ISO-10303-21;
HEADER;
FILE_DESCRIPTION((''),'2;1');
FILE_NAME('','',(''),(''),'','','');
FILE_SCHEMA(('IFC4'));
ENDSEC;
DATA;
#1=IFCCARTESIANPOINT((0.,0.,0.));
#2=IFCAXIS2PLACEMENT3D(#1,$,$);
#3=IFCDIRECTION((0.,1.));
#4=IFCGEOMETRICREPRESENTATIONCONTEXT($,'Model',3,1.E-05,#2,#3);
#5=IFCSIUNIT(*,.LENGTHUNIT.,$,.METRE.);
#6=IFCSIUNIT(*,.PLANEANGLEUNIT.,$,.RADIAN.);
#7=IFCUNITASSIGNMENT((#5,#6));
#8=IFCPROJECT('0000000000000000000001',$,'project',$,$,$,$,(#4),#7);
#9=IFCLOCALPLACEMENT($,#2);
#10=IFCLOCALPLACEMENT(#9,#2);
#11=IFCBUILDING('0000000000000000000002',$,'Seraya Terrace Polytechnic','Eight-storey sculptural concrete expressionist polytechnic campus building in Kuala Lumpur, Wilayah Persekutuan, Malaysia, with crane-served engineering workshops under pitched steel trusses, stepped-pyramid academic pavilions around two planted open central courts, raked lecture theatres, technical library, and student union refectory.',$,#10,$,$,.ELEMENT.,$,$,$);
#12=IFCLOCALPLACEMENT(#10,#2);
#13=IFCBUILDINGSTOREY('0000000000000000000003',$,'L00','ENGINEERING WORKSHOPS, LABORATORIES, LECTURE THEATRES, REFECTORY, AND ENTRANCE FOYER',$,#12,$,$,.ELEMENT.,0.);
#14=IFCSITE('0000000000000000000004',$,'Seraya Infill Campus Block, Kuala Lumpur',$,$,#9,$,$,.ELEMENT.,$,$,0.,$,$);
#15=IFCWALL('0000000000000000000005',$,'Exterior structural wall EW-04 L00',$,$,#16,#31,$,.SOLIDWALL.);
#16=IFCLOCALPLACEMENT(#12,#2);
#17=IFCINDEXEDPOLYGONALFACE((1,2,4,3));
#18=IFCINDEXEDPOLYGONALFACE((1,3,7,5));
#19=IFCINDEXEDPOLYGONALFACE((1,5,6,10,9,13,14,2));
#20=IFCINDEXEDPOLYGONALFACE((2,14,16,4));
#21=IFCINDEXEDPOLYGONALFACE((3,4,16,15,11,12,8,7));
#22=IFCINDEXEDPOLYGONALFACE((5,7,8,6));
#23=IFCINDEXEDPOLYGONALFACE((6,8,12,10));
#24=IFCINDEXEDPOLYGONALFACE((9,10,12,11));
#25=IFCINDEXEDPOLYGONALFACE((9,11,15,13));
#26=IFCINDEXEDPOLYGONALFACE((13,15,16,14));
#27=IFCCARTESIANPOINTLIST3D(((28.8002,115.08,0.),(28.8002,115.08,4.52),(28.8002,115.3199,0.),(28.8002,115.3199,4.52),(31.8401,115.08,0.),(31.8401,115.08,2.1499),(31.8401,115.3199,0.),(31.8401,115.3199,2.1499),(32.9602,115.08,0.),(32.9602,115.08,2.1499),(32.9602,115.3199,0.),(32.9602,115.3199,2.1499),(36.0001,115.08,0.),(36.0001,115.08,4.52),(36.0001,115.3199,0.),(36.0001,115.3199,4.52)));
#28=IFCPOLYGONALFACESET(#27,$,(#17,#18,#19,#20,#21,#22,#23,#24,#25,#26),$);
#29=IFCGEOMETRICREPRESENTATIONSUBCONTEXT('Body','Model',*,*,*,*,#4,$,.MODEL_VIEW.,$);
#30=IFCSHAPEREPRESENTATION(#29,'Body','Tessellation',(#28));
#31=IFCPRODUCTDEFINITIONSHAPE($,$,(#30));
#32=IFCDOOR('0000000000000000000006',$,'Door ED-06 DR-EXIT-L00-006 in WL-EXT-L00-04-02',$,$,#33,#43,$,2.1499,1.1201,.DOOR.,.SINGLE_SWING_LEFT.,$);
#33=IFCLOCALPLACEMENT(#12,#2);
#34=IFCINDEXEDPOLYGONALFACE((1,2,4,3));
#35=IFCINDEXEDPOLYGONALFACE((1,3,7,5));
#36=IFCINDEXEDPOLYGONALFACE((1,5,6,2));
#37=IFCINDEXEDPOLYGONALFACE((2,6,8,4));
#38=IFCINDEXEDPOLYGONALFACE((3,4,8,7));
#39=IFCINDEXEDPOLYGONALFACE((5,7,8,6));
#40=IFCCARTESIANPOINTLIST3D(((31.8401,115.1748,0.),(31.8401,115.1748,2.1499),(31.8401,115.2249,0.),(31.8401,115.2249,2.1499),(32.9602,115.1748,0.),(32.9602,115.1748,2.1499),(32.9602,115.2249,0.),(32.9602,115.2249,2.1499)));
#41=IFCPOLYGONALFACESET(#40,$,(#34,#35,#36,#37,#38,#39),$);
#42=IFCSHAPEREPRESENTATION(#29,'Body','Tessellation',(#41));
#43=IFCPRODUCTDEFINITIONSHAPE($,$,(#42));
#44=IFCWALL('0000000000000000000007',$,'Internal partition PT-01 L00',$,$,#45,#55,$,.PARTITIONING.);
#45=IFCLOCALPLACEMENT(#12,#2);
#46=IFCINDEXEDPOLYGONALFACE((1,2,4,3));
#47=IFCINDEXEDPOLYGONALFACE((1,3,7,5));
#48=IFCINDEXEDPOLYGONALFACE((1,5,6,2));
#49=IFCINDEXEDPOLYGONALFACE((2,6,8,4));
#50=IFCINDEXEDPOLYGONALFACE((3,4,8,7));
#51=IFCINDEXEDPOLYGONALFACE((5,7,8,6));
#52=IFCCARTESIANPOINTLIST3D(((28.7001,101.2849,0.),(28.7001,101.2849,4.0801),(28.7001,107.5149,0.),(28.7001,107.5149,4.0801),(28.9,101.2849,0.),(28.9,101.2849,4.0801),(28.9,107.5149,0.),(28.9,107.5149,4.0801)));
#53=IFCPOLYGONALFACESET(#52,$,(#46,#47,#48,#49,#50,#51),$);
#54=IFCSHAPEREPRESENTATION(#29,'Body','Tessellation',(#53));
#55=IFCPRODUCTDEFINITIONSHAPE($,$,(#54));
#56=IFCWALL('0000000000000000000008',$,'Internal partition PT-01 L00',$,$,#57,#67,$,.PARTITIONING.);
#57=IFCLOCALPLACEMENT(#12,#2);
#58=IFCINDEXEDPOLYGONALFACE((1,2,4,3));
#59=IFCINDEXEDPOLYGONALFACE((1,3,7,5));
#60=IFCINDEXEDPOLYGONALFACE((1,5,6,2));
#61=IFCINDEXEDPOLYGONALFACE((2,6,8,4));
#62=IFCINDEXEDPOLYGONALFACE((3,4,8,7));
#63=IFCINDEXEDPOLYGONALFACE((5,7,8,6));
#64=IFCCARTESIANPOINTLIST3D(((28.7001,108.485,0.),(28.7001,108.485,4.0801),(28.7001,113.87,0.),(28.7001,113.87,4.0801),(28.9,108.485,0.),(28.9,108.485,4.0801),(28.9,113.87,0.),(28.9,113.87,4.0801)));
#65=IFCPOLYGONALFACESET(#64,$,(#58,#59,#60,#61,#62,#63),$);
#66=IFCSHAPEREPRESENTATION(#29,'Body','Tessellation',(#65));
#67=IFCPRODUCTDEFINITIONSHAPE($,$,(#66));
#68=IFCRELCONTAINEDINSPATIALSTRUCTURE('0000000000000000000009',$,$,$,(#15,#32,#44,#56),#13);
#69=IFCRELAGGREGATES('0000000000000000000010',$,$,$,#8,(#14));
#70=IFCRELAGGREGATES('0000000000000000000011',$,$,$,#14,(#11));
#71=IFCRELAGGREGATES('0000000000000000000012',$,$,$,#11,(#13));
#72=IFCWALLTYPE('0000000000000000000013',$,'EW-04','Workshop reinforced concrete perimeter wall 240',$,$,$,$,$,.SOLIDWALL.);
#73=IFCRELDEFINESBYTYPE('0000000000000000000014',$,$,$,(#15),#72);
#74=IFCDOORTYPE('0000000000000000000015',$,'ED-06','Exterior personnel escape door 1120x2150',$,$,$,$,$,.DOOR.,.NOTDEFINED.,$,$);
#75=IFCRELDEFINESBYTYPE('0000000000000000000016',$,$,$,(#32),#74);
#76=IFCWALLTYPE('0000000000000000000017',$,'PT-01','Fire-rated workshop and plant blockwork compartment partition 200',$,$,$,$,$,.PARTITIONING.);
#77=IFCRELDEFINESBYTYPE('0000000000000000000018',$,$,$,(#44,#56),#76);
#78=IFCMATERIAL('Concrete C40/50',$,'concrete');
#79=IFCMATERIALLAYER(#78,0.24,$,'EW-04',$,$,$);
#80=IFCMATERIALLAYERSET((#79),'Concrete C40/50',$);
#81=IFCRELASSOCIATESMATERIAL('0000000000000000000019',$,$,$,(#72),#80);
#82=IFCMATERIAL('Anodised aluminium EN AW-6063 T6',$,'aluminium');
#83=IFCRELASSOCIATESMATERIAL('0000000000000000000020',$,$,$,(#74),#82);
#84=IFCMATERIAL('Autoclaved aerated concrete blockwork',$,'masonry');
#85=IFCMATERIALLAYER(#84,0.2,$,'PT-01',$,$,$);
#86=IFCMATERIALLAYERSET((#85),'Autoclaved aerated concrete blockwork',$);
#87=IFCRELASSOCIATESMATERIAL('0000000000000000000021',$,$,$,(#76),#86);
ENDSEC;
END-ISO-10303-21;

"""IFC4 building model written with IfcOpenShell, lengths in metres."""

from ifc_helpers import new_model, si_unit, direction, frame, frame_2d, origin, place, context, subcontext, project, spatial, rectangle, extrude, material, layer, layer_set, type_object, element, fill, save


model = new_model("IFC4")

# Units and contexts
model_context = context("Model", 3, precision=1e-05, world=origin(), true_north=direction((0.0, 1.0)))
body_context = subcontext(model_context, "Body", "Model", "MODEL_VIEW")
ifc_project = project(units=[si_unit("LENGTHUNIT", "METRE"), si_unit("PLANEANGLEUNIT", "RADIAN")], contexts=[model_context])

# Site, building, storey
site_placement = place(None, origin())
site = spatial("IfcSite", under=ifc_project, at=site_placement, Name="Seraya Infill Campus Block, Kuala Lumpur", CompositionType="ELEMENT", RefElevation=0.0)
building_placement = place(site_placement, origin())
building = spatial("IfcBuilding", under=site, at=building_placement, Name="Seraya Terrace Polytechnic", Description="Eight-storey sculptural concrete expressionist polytechnic campus building in Kuala Lumpur, Wilayah Persekutuan, Malaysia, with crane-served engineering workshops under pitched steel trusses, stepped-pyramid academic pavilions around two planted open central courts, raked lecture theatres, technical library, and student union refectory.", CompositionType="ELEMENT")
storey_placement = place(building_placement, origin())
storey = spatial("IfcBuildingStorey", under=building, at=storey_placement, Name="L00", Description="ENGINEERING WORKSHOPS, LABORATORIES, LECTURE THEATRES, REFECTORY, AND ENTRANCE FOYER", CompositionType="ELEMENT", Elevation=0.0)

# Shared definitions
ifc_material_1 = material(Name="Concrete C40/50", Category="concrete")

# Shared definitions
ifc_layer_1 = layer(ifc_material_1, 0.24, Name="EW-04")
ifc_layer_set_1 = layer_set([ifc_layer_1], Name="Concrete C40/50")
wall_type_1 = type_object("IfcWallType", Name="EW-04", Description="Workshop reinforced concrete perimeter wall 240", PredefinedType="SOLIDWALL", material=ifc_layer_set_1)

# Wall, opening, door
wall_1_placement = place(storey_placement, frame((28.8, 115.2, 0.0), z_axis=(0.0, 0.0, 1.0), x_axis=(1.0, 0.0, 0.0)))
wall_1 = element("IfcWall", 1, at=wall_1_placement, inside=storey, type_object=wall_type_1, Name="Exterior structural wall EW-04 L00", PredefinedType="SOLIDWALL", context=body_context, shape_type="SweptSolid", body=[
    extrude(rectangle(XDim=7.2, YDim=0.24, at=frame_2d((3.6001, 0.0))), origin(), (0.0, 0.0, 1.0), 4.52),
])
opening_1_placement = place(wall_1_placement, frame((3.04, 0.0, 0.0)))
opening_1 = element("IfcOpeningElement", 2, at=opening_1_placement, cuts=wall_1, PredefinedType="OPENING", context=body_context, shape_type="SweptSolid", body=[
    extrude(rectangle(XDim=1.1201, YDim=2.1499, at=frame_2d((0.5601, 1.075))), frame((0.0, 0.1318, 0.0), z_axis=(0.0, -1.0, 0.0), x_axis=(1.0, 0.0, 0.0)), (0.0, 0.0, 1.0), 0.2639),
])
ifc_material_2 = material(Name="Anodised aluminium EN AW-6063 T6", Category="aluminium")
door_type = type_object("IfcDoorType", Name="ED-06", Description="Exterior personnel escape door 1120x2150", OperationType="NOTDEFINED", PredefinedType="DOOR", material=ifc_material_2)
door_placement = place(opening_1_placement, origin())
door = element("IfcDoor", 3, at=door_placement, inside=storey, type_object=door_type, Name="Door ED-06 DR-EXIT-L00-006 in WL-EXT-L00-04-02", OperationType="SINGLE_SWING_LEFT", OverallHeight=2.1499, OverallWidth=1.1201, PredefinedType="DOOR", context=body_context, shape_type="SweptSolid", body=[
    extrude(rectangle(XDim=1.1201, YDim=2.1499, at=frame_2d((0.5601, 1.075))), frame((0.0, 0.0249, 0.0), z_axis=(0.0, -1.0, 0.0), x_axis=(1.0, 0.0, 0.0)), (0.0, 0.0, 1.0), 0.05),
])
fill(opening_1, door)

# Walls
ifc_material_3 = material(Name="Autoclaved aerated concrete blockwork", Category="masonry")
ifc_layer_2 = layer(ifc_material_3, 0.2, Name="PT-01")
ifc_layer_set_2 = layer_set([ifc_layer_2], Name="Autoclaved aerated concrete blockwork")
wall_type_2 = type_object("IfcWallType", Name="PT-01", Description="Fire-rated workshop and plant blockwork compartment partition 200", PredefinedType="PARTITIONING", material=ifc_layer_set_2)
wall_2_placement = place(storey_placement, frame((28.8, 101.2849, 0.0), z_axis=(0.0, 0.0, 1.0), x_axis=(0.0, 1.0, 0.0)))
element("IfcWall", 4, at=wall_2_placement, inside=storey, type_object=wall_type_2, Name="Internal partition PT-01 L00", PredefinedType="PARTITIONING", context=body_context, shape_type="SweptSolid", body=[
    extrude(rectangle(XDim=6.23, YDim=0.2, at=frame_2d((3.115, 0.0))), origin(), (0.0, 0.0, 1.0), 4.0801),
])
wall_3_placement = place(storey_placement, frame((28.8, 108.4851, 0.0), z_axis=(0.0, 0.0, 1.0), x_axis=(0.0, 1.0, 0.0)))
element("IfcWall", 5, at=wall_3_placement, inside=storey, type_object=wall_type_2, Name="Internal partition PT-01 L00", PredefinedType="PARTITIONING", context=body_context, shape_type="SweptSolid", body=[
    extrude(rectangle(XDim=5.385, YDim=0.2, at=frame_2d((2.6924, 0.0))), origin(), (0.0, 0.0, 1.0), 4.0801),
])

save(model, "model.ifc")
